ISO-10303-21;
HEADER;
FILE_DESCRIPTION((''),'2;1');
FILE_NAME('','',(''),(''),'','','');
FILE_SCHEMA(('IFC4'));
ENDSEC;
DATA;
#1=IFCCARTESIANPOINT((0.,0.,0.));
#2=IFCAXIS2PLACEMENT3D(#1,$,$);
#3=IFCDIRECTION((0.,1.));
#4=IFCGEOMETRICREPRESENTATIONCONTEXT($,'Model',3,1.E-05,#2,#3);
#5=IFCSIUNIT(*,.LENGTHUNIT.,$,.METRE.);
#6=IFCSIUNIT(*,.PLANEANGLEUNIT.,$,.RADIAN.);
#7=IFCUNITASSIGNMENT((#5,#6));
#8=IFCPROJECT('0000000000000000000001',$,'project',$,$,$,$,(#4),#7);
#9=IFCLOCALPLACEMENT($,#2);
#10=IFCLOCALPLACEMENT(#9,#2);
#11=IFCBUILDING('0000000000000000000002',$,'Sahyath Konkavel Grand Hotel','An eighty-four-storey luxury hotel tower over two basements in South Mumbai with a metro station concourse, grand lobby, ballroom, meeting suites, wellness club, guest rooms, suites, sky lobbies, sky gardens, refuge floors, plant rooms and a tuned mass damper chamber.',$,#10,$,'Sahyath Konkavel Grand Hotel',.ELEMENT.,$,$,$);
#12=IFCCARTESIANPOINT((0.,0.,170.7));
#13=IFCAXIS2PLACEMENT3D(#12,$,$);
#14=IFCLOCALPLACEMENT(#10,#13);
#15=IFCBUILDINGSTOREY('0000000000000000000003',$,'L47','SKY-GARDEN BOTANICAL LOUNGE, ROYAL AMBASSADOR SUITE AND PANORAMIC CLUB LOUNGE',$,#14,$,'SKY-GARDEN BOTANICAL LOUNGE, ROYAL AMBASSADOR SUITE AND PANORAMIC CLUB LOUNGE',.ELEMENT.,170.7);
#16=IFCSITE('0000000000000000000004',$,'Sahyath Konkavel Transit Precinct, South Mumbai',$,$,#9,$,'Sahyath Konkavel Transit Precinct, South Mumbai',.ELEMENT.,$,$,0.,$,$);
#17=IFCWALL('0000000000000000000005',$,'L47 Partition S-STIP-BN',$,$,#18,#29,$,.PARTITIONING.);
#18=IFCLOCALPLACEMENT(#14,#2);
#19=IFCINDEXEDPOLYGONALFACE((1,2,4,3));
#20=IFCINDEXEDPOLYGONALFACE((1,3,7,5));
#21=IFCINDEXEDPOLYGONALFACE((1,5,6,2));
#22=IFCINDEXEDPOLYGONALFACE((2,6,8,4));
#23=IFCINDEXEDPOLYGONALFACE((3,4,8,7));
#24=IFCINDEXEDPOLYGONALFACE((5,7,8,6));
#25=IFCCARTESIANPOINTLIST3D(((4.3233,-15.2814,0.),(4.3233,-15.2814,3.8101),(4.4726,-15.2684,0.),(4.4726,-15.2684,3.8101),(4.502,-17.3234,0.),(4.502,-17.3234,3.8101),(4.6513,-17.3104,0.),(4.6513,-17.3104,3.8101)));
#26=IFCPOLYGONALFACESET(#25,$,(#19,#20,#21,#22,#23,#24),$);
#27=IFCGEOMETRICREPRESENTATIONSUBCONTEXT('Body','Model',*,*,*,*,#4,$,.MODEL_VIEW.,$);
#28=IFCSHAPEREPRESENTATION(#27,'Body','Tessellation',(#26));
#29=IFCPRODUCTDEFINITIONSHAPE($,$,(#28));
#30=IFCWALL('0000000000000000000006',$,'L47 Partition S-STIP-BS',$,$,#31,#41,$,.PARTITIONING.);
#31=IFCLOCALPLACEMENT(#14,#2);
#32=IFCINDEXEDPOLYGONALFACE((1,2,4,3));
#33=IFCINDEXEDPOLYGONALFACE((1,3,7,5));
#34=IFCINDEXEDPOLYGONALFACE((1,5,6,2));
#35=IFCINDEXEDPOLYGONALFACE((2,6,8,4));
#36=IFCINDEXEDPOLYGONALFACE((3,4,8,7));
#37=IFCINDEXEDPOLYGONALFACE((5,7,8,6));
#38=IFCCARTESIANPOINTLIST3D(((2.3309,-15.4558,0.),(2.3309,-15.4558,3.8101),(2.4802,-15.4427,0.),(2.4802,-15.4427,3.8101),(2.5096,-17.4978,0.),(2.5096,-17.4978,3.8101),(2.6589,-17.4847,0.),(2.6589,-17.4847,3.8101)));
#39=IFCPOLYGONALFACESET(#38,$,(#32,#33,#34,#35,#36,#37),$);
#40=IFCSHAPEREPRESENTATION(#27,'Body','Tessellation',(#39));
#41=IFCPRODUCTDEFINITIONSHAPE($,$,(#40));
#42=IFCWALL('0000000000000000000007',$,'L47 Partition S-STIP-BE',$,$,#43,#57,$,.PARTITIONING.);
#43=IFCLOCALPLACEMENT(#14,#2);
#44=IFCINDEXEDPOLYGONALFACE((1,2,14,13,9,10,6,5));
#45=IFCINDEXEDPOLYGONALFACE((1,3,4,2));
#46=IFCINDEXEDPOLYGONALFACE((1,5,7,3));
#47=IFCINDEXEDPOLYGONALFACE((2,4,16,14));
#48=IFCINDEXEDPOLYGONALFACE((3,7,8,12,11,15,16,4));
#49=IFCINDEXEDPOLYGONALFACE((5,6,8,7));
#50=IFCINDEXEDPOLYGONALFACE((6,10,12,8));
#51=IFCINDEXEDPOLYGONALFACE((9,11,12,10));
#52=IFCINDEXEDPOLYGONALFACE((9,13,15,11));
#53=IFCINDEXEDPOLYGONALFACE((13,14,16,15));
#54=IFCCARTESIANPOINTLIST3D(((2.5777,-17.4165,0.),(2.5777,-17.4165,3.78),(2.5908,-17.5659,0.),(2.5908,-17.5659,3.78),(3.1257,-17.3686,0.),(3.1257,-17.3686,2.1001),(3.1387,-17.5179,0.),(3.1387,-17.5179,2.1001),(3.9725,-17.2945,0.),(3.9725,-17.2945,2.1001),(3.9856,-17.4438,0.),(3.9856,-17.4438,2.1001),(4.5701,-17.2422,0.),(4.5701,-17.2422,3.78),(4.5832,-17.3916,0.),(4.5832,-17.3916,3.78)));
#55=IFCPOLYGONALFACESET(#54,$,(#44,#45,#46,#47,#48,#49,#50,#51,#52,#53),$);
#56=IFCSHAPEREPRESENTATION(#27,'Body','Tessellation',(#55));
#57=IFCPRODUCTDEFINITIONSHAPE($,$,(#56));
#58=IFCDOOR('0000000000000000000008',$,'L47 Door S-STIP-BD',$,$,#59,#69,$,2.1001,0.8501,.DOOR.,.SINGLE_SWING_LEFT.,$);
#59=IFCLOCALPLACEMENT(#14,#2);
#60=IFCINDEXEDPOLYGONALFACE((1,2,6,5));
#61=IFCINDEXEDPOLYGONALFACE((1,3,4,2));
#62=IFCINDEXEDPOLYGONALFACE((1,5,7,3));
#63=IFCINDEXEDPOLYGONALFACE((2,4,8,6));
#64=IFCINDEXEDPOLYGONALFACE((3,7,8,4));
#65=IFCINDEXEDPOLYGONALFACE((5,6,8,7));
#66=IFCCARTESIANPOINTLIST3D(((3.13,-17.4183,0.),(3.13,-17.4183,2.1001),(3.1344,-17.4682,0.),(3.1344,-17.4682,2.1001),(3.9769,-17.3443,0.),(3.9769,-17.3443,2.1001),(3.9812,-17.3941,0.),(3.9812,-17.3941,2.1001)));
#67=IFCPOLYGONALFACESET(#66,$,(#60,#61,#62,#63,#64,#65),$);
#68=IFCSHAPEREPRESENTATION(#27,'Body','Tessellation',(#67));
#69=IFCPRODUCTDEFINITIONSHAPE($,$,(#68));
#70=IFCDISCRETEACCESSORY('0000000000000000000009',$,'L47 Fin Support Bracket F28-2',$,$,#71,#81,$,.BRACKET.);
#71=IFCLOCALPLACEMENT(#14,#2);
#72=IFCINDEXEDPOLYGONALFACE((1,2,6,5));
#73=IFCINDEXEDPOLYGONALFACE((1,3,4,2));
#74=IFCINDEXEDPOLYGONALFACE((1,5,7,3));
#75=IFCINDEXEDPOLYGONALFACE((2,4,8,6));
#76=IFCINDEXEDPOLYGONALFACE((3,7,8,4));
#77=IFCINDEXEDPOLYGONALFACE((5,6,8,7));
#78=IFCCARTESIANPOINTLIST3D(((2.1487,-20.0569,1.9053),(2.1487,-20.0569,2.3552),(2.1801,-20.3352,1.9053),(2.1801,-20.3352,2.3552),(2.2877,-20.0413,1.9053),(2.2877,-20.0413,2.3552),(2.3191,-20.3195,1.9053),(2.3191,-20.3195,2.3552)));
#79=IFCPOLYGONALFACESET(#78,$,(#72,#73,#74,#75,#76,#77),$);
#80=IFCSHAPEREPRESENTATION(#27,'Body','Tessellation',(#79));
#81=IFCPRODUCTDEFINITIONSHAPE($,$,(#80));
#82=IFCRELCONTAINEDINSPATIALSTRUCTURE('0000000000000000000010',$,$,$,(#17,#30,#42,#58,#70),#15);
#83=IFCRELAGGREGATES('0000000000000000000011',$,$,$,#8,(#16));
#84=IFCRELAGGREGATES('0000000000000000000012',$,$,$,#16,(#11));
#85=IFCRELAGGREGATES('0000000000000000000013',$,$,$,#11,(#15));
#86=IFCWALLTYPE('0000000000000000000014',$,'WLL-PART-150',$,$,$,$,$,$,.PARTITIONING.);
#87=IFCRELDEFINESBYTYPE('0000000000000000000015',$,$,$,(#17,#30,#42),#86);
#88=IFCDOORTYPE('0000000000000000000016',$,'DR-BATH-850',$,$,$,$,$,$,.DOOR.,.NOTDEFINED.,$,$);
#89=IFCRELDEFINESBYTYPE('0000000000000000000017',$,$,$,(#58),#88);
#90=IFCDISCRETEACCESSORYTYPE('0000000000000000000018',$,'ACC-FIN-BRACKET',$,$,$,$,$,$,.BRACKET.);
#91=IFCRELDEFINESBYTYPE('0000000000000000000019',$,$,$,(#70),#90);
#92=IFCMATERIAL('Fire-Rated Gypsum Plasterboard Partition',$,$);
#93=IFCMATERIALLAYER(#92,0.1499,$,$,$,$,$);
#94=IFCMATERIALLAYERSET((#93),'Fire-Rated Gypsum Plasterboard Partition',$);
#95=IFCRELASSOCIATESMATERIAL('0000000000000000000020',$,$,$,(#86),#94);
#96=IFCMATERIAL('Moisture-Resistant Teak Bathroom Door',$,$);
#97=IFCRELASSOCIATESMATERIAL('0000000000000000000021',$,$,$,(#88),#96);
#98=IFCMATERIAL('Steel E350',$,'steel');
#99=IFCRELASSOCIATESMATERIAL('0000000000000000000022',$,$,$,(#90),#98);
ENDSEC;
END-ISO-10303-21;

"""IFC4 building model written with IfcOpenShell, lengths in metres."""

from ifc_helpers import new_model, si_unit, direction, frame, frame_2d, origin, origin_2d, place, context, subcontext, project, spatial, rectangle, extrude, source, transform, mapped, material, layer, layer_set, type_object, element, fill, save


model = new_model("IFC4")

# Units and contexts
model_context = context("Model", 3, precision=1e-05, world=origin(), true_north=direction((0.0, 1.0)))
body_context = subcontext(model_context, "Body", "Model", "MODEL_VIEW")
ifc_project = project(units=[si_unit("LENGTHUNIT", "METRE"), si_unit("PLANEANGLEUNIT", "RADIAN")], contexts=[model_context])

# Site, building, storey
site_placement = place(None, origin())
site = spatial("IfcSite", under=ifc_project, at=site_placement, Name="Sahyath Konkavel Transit Precinct, South Mumbai", LongName="Sahyath Konkavel Transit Precinct, South Mumbai", CompositionType="ELEMENT", RefElevation=0.0)
building_placement = place(site_placement, origin())
building = spatial("IfcBuilding", under=site, at=building_placement, Name="Sahyath Konkavel Grand Hotel", Description="An eighty-four-storey luxury hotel tower over two basements in South Mumbai with a metro station concourse, grand lobby, ballroom, meeting suites, wellness club, guest rooms, suites, sky lobbies, sky gardens, refuge floors, plant rooms and a tuned mass damper chamber.", LongName="Sahyath Konkavel Grand Hotel", CompositionType="ELEMENT")
storey_placement = place(building_placement, frame((0.0, 0.0, 170.7)))
storey = spatial("IfcBuildingStorey", under=building, at=storey_placement, Name="L47", Description="SKY-GARDEN BOTANICAL LOUNGE, ROYAL AMBASSADOR SUITE AND PANORAMIC CLUB LOUNGE", LongName="SKY-GARDEN BOTANICAL LOUNGE, ROYAL AMBASSADOR SUITE AND PANORAMIC CLUB LOUNGE", CompositionType="ELEMENT", Elevation=170.7)

# Shared definitions
ifc_material_1 = material(Name="Steel E350", Category="steel")

# Walls
ifc_material_2 = material(Name="Fire-Rated Gypsum Plasterboard Partition")
ifc_layer_1 = layer(ifc_material_2, 0.1499)
ifc_layer_set_1 = layer_set([ifc_layer_1], Name="Fire-Rated Gypsum Plasterboard Partition")
wall_type_1 = type_object("IfcWallType", Name="WLL-PART-150", PredefinedType="PARTITIONING", material=ifc_layer_set_1)
for number, where, z_axis, x_axis, name in (
    (1, (4.3979, -15.2749, 0.0), (0.0, 0.0, 1.0), (0.087185, -0.996192, 0.0), "L47 Partition S-STIP-BN"),
    (2, (2.4055, -15.4492, 0.0), (0.0, 0.0, 1.0), (0.087185, -0.996192, 0.0), "L47 Partition S-STIP-BS"),
):
    element("IfcWall", number, at=place(storey_placement, frame(where, z_axis=z_axis, x_axis=x_axis)), inside=storey, type_object=wall_type_1, Name=name, PredefinedType="PARTITIONING", context=body_context, shape_type="SweptSolid", body=[
        extrude(rectangle(XDim=2.0498, YDim=0.1499, at=frame_2d((1.0249, 0.0))), origin(), (0.0, 0.0, 1.0), 3.8101),
    ])

# Wall, opening, door
wall_1_placement = place(storey_placement, frame((2.5842, -17.4912, 0.0), z_axis=(0.0, 0.0, 1.0), x_axis=(0.996195, 0.087156, 0.0)))
wall_1 = element("IfcWall", 3, at=wall_1_placement, inside=storey, type_object=wall_type_1, Name="L47 Partition S-STIP-BE", PredefinedType="PARTITIONING", context=body_context, shape_type="SweptSolid", body=[
    extrude(rectangle(XDim=2.0, YDim=0.1499, at=frame_2d((1.0, 0.0))), origin(), (0.0, 0.0, 1.0), 3.78),
])
opening_placement = place(wall_1_placement, frame((0.55, 0.0, 0.0)))
opening = element("IfcOpeningElement", 4, at=opening_placement, cuts=wall_1, PredefinedType="OPENING", context=body_context, shape_type="SweptSolid", body=[
    extrude(rectangle(XDim=0.8501, YDim=2.1001, at=frame_2d((0.425, 1.05))), frame((0.0, 0.085, 0.0), z_axis=(0.0, -1.0, 0.0), x_axis=(1.0, 0.0, 0.0)), (0.0, 0.0, 1.0), 0.1699),
])
ifc_material_3 = material(Name="Moisture-Resistant Teak Bathroom Door")
door_type = type_object("IfcDoorType", Name="DR-BATH-850", OperationType="NOTDEFINED", PredefinedType="DOOR", material=ifc_material_3)
shared_shape_1 = source(origin(), body_context, "Body", "SweptSolid", [
    extrude(rectangle(XDim=0.8501, YDim=0.05, at=origin_2d()), origin(), (0.0, 0.0, 1.0), 2.1001),
])
door_placement = place(opening_placement, frame((0.425, 0.0, 0.0)))
door = element("IfcDoor", 5, at=door_placement, inside=storey, type_object=door_type, Name="L47 Door S-STIP-BD", OperationType="SINGLE_SWING_LEFT", OverallHeight=2.1001, OverallWidth=0.8501, PredefinedType="DOOR", context=body_context, shape_type="MappedRepresentation", body=[
    mapped(shared_shape_1, transform((0.0, 0.0, 0.0), scale=1.0)),
])
fill(opening, door)

# Discrete accessory
discrete_accessory_type = type_object("IfcDiscreteAccessoryType", Name="ACC-FIN-BRACKET", PredefinedType="BRACKET", material=ifc_material_1)
shared_shape_2 = source(origin(), body_context, "Body", "SweptSolid", [
    extrude(rectangle(XDim=0.28, YDim=0.1399, at=origin_2d()), origin(), (0.0, 0.0, 1.0), 0.45),
])
discrete_accessory_placement = place(storey_placement, frame((2.2339, -20.1882, 1.9053), z_axis=(0.0, 0.0, 1.0), x_axis=(0.112007, -0.993707, 0.0)))
element("IfcDiscreteAccessory", 6, at=discrete_accessory_placement, inside=storey, type_object=discrete_accessory_type, Name="L47 Fin Support Bracket F28-2", PredefinedType="BRACKET", context=body_context, shape_type="MappedRepresentation", body=[
    mapped(shared_shape_2, transform((0.0, 0.0, 0.0), scale=1.0)),
])

save(model, "model.ifc")
